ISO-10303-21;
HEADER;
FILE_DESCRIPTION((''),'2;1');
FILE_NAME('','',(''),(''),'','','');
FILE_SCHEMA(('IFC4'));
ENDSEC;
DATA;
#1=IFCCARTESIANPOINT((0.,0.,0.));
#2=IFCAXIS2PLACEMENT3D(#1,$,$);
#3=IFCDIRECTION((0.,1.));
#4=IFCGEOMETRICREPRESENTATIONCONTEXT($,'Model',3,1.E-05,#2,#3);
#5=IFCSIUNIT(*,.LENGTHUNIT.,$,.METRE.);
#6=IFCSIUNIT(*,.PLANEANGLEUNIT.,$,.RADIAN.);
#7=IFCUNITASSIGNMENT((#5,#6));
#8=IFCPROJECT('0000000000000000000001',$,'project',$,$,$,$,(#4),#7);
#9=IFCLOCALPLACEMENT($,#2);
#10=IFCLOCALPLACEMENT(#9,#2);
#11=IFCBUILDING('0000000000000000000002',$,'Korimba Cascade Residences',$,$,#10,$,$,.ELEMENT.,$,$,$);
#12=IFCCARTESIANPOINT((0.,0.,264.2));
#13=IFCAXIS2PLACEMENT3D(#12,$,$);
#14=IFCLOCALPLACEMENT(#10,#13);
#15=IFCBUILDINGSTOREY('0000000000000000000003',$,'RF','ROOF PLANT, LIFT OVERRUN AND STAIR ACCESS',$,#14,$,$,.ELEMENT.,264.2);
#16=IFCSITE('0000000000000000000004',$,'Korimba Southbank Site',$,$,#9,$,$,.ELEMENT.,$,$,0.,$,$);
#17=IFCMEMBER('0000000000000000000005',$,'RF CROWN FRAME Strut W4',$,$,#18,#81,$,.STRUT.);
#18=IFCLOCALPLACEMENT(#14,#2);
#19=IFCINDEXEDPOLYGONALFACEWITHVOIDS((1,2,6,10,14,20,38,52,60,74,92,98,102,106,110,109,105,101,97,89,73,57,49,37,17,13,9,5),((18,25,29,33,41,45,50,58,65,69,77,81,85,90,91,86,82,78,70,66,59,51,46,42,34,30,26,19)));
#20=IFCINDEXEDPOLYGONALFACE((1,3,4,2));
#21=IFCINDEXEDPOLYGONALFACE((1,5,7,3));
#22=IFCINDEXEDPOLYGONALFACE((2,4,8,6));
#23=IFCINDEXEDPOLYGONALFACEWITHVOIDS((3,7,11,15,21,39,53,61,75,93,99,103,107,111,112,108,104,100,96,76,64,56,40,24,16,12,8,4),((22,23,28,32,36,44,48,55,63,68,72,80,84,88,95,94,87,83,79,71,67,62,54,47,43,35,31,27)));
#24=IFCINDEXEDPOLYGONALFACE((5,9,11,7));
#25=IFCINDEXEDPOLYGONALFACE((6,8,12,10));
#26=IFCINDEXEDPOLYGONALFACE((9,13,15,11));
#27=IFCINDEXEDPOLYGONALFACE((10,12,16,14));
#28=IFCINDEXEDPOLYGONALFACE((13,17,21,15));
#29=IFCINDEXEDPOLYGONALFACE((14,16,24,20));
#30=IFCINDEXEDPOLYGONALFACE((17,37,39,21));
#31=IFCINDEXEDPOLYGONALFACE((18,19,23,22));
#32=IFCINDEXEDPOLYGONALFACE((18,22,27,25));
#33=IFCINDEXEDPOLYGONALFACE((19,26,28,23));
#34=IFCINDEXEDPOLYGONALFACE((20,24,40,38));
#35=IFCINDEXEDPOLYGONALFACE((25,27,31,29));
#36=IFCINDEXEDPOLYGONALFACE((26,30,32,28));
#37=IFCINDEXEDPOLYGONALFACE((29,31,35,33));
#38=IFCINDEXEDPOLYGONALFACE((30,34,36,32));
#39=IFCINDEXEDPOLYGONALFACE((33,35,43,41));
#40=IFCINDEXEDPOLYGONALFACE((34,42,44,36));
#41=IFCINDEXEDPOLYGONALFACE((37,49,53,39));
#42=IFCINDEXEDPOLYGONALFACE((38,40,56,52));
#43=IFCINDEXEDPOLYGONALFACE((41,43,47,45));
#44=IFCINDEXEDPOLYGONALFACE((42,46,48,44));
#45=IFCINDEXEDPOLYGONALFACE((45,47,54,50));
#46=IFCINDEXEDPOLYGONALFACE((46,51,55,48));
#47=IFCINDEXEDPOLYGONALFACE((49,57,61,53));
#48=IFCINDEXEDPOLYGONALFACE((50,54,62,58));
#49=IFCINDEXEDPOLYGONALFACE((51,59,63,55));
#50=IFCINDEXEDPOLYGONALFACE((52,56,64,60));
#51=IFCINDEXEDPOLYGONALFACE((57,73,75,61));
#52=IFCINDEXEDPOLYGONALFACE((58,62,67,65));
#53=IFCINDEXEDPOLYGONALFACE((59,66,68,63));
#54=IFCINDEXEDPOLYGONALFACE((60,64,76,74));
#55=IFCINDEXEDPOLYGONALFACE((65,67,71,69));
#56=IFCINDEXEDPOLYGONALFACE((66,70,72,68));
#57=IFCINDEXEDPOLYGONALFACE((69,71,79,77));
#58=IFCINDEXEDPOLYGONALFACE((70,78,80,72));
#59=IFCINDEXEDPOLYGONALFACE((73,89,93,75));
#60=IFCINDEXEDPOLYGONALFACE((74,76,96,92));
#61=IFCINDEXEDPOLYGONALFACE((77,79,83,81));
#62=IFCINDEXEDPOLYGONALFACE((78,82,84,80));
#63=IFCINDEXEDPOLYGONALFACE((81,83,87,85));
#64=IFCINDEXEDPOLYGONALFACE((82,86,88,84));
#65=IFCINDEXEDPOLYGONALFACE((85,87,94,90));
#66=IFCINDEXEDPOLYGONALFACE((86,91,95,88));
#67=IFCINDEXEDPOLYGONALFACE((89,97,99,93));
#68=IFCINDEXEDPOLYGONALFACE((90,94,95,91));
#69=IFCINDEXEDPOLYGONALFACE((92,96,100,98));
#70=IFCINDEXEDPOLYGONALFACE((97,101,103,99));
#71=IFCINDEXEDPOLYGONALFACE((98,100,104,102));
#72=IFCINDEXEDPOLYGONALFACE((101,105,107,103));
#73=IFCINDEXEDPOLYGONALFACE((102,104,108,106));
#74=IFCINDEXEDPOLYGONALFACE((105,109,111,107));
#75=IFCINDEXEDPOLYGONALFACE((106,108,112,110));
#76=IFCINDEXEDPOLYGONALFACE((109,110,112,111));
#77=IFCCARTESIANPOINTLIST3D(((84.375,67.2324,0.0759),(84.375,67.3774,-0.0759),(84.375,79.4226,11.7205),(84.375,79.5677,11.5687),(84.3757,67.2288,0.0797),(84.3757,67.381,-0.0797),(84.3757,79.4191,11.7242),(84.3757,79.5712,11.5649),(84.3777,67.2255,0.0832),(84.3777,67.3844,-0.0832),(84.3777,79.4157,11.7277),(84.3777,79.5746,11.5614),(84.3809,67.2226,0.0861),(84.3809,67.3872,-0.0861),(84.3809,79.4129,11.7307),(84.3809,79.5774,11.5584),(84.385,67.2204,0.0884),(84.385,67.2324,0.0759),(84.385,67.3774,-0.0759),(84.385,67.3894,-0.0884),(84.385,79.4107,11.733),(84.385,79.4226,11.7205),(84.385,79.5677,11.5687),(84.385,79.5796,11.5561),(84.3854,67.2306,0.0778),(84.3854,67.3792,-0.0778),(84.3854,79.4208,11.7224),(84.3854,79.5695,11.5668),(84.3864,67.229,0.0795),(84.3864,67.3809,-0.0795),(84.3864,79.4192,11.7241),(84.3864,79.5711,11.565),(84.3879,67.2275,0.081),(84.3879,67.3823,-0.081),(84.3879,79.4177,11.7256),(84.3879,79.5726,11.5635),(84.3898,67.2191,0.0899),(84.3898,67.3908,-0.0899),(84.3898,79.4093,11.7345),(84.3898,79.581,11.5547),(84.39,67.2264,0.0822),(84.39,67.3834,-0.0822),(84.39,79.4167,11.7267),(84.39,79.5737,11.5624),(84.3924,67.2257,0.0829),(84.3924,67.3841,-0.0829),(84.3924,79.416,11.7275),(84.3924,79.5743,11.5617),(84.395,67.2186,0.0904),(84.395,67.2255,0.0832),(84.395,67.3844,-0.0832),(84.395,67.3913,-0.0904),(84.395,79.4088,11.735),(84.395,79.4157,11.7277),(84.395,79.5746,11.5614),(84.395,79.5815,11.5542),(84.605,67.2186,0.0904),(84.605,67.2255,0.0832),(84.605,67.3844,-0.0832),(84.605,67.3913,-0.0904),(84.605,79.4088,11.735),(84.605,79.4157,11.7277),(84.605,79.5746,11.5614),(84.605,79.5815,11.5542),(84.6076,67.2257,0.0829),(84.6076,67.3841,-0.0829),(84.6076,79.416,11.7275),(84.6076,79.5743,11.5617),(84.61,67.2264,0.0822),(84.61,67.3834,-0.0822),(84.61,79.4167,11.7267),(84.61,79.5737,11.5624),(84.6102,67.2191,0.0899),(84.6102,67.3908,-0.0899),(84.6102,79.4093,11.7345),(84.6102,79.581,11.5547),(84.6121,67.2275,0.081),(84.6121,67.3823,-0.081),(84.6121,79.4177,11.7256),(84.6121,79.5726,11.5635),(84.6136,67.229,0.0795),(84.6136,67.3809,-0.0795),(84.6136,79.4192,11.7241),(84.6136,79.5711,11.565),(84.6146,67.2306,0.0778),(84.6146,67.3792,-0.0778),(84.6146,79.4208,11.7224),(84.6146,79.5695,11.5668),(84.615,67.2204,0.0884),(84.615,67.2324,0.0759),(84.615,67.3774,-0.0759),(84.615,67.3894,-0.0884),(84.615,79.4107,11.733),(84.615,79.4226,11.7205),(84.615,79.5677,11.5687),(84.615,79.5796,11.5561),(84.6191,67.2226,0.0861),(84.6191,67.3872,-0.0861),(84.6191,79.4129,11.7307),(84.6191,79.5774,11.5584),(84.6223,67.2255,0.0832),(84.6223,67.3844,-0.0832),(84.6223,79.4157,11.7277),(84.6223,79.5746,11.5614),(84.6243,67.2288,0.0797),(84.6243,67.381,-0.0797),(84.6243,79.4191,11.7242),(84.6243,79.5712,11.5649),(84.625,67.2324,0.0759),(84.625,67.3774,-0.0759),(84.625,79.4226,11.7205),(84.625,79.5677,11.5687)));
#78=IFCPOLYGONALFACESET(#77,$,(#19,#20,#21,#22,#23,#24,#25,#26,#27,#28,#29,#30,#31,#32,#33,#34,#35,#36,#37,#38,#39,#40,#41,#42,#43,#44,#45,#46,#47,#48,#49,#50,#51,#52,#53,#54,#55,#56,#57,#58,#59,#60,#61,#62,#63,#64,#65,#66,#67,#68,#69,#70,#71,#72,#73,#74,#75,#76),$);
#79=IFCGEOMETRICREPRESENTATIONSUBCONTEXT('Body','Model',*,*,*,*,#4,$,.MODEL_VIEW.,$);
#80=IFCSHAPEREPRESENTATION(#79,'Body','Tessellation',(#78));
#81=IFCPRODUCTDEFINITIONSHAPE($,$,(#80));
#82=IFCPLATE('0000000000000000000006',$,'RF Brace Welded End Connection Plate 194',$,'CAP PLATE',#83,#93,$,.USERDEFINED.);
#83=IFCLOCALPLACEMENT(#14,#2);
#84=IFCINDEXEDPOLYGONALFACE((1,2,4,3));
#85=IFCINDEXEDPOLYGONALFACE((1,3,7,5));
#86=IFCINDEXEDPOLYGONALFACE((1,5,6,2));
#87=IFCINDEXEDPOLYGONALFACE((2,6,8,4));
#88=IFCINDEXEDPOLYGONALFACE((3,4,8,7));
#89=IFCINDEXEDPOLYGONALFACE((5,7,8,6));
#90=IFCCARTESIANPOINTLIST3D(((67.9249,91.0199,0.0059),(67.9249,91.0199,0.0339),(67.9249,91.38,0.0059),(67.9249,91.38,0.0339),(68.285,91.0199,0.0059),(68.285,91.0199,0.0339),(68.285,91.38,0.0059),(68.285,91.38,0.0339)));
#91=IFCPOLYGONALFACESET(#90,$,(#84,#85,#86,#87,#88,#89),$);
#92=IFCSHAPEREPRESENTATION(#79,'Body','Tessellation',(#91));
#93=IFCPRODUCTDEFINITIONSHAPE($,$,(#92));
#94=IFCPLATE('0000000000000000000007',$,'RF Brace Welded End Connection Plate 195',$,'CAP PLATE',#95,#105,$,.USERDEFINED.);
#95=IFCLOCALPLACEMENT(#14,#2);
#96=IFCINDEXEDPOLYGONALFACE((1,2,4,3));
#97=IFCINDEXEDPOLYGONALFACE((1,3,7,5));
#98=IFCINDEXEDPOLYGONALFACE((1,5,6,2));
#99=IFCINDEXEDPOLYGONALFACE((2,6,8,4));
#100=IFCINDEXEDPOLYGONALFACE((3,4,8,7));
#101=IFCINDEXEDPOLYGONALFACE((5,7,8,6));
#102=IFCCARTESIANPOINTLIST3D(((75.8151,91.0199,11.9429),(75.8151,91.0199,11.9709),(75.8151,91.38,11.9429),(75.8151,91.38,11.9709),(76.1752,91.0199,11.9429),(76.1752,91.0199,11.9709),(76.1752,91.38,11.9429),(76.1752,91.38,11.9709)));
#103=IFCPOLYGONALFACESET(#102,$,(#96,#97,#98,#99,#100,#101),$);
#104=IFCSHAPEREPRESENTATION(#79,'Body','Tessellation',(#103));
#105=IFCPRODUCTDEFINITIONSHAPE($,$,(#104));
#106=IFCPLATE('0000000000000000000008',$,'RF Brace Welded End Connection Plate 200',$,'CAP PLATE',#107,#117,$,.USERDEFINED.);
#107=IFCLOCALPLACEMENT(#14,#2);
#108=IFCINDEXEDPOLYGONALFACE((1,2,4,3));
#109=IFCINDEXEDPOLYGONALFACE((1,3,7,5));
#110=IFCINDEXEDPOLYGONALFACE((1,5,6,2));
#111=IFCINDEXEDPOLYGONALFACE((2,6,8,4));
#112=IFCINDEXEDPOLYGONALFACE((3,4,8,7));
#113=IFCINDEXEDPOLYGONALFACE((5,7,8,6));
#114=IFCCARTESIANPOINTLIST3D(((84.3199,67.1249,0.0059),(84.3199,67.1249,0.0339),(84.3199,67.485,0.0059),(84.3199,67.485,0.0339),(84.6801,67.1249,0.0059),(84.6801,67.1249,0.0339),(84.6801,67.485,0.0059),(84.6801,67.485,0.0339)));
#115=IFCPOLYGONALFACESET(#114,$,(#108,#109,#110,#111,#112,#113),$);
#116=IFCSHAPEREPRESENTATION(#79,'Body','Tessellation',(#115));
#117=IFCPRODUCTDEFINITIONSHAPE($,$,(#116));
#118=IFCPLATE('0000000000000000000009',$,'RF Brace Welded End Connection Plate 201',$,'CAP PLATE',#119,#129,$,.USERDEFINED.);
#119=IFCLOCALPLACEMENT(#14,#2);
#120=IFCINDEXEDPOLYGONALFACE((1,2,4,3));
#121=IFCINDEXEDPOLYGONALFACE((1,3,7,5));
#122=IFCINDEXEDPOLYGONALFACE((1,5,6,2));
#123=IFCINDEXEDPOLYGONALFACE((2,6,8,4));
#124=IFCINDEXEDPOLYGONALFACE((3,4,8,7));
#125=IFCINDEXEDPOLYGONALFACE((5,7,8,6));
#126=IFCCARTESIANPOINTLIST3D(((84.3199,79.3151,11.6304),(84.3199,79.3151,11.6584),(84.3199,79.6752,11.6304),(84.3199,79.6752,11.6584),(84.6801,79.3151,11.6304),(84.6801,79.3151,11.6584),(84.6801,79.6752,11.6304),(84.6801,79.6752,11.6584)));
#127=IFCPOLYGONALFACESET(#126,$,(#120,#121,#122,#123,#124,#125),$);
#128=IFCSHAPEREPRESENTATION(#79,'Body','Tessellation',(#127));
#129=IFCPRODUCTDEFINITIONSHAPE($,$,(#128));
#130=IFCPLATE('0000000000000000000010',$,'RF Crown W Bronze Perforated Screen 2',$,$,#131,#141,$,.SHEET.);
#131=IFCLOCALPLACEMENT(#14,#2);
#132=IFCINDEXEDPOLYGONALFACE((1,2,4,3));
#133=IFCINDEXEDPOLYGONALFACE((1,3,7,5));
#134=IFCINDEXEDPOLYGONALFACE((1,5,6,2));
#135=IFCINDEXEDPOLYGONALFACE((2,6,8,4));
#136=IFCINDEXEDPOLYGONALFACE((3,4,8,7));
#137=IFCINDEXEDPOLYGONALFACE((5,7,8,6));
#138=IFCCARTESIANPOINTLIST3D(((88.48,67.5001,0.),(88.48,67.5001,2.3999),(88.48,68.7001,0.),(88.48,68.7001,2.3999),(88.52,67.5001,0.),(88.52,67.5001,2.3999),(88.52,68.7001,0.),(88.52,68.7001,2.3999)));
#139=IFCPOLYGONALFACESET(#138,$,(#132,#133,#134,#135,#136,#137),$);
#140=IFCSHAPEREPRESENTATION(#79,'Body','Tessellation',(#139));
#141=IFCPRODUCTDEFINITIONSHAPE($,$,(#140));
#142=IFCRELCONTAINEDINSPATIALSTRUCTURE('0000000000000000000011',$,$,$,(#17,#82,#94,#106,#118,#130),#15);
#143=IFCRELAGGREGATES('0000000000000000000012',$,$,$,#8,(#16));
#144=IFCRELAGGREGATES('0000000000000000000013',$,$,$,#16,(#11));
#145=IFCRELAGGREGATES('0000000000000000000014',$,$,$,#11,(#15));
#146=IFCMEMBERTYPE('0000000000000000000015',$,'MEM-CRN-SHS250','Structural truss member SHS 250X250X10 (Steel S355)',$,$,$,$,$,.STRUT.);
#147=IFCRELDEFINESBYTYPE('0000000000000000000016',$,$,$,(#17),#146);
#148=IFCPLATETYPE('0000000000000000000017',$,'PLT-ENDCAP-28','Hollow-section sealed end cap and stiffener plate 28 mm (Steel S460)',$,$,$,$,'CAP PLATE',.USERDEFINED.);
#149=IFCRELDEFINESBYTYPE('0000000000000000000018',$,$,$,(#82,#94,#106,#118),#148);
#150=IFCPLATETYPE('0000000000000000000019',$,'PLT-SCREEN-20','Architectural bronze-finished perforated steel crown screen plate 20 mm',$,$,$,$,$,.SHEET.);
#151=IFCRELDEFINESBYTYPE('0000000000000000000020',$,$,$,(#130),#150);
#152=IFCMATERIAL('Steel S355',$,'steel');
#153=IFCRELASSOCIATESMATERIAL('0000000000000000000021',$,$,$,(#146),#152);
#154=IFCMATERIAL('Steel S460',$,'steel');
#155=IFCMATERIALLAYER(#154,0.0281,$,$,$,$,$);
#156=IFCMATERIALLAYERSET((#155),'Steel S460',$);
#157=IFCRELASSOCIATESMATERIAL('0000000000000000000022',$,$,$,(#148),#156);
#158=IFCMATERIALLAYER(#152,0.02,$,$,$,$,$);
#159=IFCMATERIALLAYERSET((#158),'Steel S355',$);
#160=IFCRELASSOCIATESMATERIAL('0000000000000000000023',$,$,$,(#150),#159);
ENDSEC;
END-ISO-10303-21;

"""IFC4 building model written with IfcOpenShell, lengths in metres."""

from ifc_helpers import new_model, si_unit, direction, frame, origin, origin_2d, place, context, subcontext, project, spatial, rectangle, hollow_rectangle, extrude, material, layer, layer_set, material_profile, profile_set, type_object, element, save


model = new_model("IFC4")

# Units and contexts
model_context = context("Model", 3, precision=1e-05, world=origin(), true_north=direction((0.0, 1.0)))
body_context = subcontext(model_context, "Body", "Model", "MODEL_VIEW")
ifc_project = project(units=[si_unit("LENGTHUNIT", "METRE"), si_unit("PLANEANGLEUNIT", "RADIAN")], contexts=[model_context])

# Site, building, storey
site_placement = place(None, origin())
site = spatial("IfcSite", under=ifc_project, at=site_placement, Name="Korimba Southbank Site", CompositionType="ELEMENT", RefElevation=0.0)
building_placement = place(site_placement, origin())
building = spatial("IfcBuilding", under=site, at=building_placement, Name="Korimba Cascade Residences", CompositionType="ELEMENT")
storey_placement = place(building_placement, frame((0.0, 0.0, 264.2)))
storey = spatial("IfcBuildingStorey", under=building, at=storey_placement, Name="RF", Description="ROOF PLANT, LIFT OVERRUN AND STAIR ACCESS", CompositionType="ELEMENT", Elevation=264.2)

# Shared definitions
ifc_material_1 = material(Name="Steel S355", Category="steel")

# Member
ifc_material_profile_1 = material_profile(ifc_material_1, hollow_rectangle(XDim=0.25, YDim=0.25, WallThickness=0.01, InnerFilletRadius=0.01, OuterFilletRadius=0.02, at=origin_2d()), Name="Steel S355")
ifc_profile_set_1 = profile_set([ifc_material_profile_1], Name="Steel S355")
member_type_1 = type_object("IfcMemberType", Name="MEM-CRN-SHS250", Description="Structural truss member SHS 250X250X10 (Steel S355)", PredefinedType="STRUT", material=ifc_profile_set_1)
member_1_placement = place(storey_placement, frame((84.5, 67.3049, 0.0), z_axis=(0.0, 0.723105, 0.690738), x_axis=(-1.0, 0.0, 0.0)))
element("IfcMember", 1, at=member_1_placement, inside=storey, type_object=member_type_1, Name="RF CROWN FRAME Strut W4", PredefinedType="STRUT", context=body_context, shape_type="SweptSolid", body=[
    extrude(hollow_rectangle(XDim=0.25, YDim=0.25, WallThickness=0.01, InnerFilletRadius=0.01, OuterFilletRadius=0.02, at=origin_2d()), origin(), (0.0, 0.0, 1.0), 16.8582),
])

# Plates
ifc_material_2 = material(Name="Steel S460", Category="steel")
ifc_layer_1 = layer(ifc_material_2, 0.0281)
ifc_layer_set_1 = layer_set([ifc_layer_1], Name="Steel S460")
plate_type_1 = type_object("IfcPlateType", Name="PLT-ENDCAP-28", Description="Hollow-section sealed end cap and stiffener plate 28 mm (Steel S460)", ElementType="CAP PLATE", PredefinedType="USERDEFINED", material=ifc_layer_set_1)
for number, where, z_axis, x_axis, name in (
    (2, (68.105, 91.2, 0.0059), (0.0, 0.0, 1.0), (1.0, 0.0, 0.0), "RF Brace Welded End Connection Plate 194"),
    (3, (75.9951, 91.2, 11.9429), (0.0, 0.0, 1.0), (1.0, 0.0, 0.0), "RF Brace Welded End Connection Plate 195"),
    (4, (84.5, 67.3049, 0.0059), (0.0, 0.0, 1.0), (1.0, 0.0, 0.0), "RF Brace Welded End Connection Plate 200"),
    (5, (84.5, 79.4951, 11.6304), (0.0, 0.0, 1.0), (1.0, 0.0, 0.0), "RF Brace Welded End Connection Plate 201"),
):
    element("IfcPlate", number, at=place(storey_placement, frame(where, z_axis=z_axis, x_axis=x_axis)), inside=storey, type_object=plate_type_1, Name=name, ObjectType="CAP PLATE", PredefinedType="USERDEFINED", context=body_context, shape_type="SweptSolid", body=[
        extrude(rectangle(XDim=0.3601, YDim=0.3601, at=origin_2d()), origin(), (0.0, 0.0, 1.0), 0.0281),
    ])
ifc_layer_2 = layer(ifc_material_1, 0.02)
ifc_layer_set_2 = layer_set([ifc_layer_2], Name="Steel S355")
plate_type_2 = type_object("IfcPlateType", Name="PLT-SCREEN-20", Description="Architectural bronze-finished perforated steel crown screen plate 20 mm", PredefinedType="SHEET", material=ifc_layer_set_2)
plate_placement = place(storey_placement, frame((88.5, 68.1001, 0.0), z_axis=(0.0, 0.0, 1.0), x_axis=(1.0, 0.0, 0.0)))
element("IfcPlate", 6, at=plate_placement, inside=storey, type_object=plate_type_2, Name="RF Crown W Bronze Perforated Screen 2", PredefinedType="SHEET", context=body_context, shape_type="SweptSolid", body=[
    extrude(rectangle(XDim=0.04, YDim=1.2, at=origin_2d()), origin(), (0.0, 0.0, 1.0), 2.3999),
])

save(model, "model.ifc")
